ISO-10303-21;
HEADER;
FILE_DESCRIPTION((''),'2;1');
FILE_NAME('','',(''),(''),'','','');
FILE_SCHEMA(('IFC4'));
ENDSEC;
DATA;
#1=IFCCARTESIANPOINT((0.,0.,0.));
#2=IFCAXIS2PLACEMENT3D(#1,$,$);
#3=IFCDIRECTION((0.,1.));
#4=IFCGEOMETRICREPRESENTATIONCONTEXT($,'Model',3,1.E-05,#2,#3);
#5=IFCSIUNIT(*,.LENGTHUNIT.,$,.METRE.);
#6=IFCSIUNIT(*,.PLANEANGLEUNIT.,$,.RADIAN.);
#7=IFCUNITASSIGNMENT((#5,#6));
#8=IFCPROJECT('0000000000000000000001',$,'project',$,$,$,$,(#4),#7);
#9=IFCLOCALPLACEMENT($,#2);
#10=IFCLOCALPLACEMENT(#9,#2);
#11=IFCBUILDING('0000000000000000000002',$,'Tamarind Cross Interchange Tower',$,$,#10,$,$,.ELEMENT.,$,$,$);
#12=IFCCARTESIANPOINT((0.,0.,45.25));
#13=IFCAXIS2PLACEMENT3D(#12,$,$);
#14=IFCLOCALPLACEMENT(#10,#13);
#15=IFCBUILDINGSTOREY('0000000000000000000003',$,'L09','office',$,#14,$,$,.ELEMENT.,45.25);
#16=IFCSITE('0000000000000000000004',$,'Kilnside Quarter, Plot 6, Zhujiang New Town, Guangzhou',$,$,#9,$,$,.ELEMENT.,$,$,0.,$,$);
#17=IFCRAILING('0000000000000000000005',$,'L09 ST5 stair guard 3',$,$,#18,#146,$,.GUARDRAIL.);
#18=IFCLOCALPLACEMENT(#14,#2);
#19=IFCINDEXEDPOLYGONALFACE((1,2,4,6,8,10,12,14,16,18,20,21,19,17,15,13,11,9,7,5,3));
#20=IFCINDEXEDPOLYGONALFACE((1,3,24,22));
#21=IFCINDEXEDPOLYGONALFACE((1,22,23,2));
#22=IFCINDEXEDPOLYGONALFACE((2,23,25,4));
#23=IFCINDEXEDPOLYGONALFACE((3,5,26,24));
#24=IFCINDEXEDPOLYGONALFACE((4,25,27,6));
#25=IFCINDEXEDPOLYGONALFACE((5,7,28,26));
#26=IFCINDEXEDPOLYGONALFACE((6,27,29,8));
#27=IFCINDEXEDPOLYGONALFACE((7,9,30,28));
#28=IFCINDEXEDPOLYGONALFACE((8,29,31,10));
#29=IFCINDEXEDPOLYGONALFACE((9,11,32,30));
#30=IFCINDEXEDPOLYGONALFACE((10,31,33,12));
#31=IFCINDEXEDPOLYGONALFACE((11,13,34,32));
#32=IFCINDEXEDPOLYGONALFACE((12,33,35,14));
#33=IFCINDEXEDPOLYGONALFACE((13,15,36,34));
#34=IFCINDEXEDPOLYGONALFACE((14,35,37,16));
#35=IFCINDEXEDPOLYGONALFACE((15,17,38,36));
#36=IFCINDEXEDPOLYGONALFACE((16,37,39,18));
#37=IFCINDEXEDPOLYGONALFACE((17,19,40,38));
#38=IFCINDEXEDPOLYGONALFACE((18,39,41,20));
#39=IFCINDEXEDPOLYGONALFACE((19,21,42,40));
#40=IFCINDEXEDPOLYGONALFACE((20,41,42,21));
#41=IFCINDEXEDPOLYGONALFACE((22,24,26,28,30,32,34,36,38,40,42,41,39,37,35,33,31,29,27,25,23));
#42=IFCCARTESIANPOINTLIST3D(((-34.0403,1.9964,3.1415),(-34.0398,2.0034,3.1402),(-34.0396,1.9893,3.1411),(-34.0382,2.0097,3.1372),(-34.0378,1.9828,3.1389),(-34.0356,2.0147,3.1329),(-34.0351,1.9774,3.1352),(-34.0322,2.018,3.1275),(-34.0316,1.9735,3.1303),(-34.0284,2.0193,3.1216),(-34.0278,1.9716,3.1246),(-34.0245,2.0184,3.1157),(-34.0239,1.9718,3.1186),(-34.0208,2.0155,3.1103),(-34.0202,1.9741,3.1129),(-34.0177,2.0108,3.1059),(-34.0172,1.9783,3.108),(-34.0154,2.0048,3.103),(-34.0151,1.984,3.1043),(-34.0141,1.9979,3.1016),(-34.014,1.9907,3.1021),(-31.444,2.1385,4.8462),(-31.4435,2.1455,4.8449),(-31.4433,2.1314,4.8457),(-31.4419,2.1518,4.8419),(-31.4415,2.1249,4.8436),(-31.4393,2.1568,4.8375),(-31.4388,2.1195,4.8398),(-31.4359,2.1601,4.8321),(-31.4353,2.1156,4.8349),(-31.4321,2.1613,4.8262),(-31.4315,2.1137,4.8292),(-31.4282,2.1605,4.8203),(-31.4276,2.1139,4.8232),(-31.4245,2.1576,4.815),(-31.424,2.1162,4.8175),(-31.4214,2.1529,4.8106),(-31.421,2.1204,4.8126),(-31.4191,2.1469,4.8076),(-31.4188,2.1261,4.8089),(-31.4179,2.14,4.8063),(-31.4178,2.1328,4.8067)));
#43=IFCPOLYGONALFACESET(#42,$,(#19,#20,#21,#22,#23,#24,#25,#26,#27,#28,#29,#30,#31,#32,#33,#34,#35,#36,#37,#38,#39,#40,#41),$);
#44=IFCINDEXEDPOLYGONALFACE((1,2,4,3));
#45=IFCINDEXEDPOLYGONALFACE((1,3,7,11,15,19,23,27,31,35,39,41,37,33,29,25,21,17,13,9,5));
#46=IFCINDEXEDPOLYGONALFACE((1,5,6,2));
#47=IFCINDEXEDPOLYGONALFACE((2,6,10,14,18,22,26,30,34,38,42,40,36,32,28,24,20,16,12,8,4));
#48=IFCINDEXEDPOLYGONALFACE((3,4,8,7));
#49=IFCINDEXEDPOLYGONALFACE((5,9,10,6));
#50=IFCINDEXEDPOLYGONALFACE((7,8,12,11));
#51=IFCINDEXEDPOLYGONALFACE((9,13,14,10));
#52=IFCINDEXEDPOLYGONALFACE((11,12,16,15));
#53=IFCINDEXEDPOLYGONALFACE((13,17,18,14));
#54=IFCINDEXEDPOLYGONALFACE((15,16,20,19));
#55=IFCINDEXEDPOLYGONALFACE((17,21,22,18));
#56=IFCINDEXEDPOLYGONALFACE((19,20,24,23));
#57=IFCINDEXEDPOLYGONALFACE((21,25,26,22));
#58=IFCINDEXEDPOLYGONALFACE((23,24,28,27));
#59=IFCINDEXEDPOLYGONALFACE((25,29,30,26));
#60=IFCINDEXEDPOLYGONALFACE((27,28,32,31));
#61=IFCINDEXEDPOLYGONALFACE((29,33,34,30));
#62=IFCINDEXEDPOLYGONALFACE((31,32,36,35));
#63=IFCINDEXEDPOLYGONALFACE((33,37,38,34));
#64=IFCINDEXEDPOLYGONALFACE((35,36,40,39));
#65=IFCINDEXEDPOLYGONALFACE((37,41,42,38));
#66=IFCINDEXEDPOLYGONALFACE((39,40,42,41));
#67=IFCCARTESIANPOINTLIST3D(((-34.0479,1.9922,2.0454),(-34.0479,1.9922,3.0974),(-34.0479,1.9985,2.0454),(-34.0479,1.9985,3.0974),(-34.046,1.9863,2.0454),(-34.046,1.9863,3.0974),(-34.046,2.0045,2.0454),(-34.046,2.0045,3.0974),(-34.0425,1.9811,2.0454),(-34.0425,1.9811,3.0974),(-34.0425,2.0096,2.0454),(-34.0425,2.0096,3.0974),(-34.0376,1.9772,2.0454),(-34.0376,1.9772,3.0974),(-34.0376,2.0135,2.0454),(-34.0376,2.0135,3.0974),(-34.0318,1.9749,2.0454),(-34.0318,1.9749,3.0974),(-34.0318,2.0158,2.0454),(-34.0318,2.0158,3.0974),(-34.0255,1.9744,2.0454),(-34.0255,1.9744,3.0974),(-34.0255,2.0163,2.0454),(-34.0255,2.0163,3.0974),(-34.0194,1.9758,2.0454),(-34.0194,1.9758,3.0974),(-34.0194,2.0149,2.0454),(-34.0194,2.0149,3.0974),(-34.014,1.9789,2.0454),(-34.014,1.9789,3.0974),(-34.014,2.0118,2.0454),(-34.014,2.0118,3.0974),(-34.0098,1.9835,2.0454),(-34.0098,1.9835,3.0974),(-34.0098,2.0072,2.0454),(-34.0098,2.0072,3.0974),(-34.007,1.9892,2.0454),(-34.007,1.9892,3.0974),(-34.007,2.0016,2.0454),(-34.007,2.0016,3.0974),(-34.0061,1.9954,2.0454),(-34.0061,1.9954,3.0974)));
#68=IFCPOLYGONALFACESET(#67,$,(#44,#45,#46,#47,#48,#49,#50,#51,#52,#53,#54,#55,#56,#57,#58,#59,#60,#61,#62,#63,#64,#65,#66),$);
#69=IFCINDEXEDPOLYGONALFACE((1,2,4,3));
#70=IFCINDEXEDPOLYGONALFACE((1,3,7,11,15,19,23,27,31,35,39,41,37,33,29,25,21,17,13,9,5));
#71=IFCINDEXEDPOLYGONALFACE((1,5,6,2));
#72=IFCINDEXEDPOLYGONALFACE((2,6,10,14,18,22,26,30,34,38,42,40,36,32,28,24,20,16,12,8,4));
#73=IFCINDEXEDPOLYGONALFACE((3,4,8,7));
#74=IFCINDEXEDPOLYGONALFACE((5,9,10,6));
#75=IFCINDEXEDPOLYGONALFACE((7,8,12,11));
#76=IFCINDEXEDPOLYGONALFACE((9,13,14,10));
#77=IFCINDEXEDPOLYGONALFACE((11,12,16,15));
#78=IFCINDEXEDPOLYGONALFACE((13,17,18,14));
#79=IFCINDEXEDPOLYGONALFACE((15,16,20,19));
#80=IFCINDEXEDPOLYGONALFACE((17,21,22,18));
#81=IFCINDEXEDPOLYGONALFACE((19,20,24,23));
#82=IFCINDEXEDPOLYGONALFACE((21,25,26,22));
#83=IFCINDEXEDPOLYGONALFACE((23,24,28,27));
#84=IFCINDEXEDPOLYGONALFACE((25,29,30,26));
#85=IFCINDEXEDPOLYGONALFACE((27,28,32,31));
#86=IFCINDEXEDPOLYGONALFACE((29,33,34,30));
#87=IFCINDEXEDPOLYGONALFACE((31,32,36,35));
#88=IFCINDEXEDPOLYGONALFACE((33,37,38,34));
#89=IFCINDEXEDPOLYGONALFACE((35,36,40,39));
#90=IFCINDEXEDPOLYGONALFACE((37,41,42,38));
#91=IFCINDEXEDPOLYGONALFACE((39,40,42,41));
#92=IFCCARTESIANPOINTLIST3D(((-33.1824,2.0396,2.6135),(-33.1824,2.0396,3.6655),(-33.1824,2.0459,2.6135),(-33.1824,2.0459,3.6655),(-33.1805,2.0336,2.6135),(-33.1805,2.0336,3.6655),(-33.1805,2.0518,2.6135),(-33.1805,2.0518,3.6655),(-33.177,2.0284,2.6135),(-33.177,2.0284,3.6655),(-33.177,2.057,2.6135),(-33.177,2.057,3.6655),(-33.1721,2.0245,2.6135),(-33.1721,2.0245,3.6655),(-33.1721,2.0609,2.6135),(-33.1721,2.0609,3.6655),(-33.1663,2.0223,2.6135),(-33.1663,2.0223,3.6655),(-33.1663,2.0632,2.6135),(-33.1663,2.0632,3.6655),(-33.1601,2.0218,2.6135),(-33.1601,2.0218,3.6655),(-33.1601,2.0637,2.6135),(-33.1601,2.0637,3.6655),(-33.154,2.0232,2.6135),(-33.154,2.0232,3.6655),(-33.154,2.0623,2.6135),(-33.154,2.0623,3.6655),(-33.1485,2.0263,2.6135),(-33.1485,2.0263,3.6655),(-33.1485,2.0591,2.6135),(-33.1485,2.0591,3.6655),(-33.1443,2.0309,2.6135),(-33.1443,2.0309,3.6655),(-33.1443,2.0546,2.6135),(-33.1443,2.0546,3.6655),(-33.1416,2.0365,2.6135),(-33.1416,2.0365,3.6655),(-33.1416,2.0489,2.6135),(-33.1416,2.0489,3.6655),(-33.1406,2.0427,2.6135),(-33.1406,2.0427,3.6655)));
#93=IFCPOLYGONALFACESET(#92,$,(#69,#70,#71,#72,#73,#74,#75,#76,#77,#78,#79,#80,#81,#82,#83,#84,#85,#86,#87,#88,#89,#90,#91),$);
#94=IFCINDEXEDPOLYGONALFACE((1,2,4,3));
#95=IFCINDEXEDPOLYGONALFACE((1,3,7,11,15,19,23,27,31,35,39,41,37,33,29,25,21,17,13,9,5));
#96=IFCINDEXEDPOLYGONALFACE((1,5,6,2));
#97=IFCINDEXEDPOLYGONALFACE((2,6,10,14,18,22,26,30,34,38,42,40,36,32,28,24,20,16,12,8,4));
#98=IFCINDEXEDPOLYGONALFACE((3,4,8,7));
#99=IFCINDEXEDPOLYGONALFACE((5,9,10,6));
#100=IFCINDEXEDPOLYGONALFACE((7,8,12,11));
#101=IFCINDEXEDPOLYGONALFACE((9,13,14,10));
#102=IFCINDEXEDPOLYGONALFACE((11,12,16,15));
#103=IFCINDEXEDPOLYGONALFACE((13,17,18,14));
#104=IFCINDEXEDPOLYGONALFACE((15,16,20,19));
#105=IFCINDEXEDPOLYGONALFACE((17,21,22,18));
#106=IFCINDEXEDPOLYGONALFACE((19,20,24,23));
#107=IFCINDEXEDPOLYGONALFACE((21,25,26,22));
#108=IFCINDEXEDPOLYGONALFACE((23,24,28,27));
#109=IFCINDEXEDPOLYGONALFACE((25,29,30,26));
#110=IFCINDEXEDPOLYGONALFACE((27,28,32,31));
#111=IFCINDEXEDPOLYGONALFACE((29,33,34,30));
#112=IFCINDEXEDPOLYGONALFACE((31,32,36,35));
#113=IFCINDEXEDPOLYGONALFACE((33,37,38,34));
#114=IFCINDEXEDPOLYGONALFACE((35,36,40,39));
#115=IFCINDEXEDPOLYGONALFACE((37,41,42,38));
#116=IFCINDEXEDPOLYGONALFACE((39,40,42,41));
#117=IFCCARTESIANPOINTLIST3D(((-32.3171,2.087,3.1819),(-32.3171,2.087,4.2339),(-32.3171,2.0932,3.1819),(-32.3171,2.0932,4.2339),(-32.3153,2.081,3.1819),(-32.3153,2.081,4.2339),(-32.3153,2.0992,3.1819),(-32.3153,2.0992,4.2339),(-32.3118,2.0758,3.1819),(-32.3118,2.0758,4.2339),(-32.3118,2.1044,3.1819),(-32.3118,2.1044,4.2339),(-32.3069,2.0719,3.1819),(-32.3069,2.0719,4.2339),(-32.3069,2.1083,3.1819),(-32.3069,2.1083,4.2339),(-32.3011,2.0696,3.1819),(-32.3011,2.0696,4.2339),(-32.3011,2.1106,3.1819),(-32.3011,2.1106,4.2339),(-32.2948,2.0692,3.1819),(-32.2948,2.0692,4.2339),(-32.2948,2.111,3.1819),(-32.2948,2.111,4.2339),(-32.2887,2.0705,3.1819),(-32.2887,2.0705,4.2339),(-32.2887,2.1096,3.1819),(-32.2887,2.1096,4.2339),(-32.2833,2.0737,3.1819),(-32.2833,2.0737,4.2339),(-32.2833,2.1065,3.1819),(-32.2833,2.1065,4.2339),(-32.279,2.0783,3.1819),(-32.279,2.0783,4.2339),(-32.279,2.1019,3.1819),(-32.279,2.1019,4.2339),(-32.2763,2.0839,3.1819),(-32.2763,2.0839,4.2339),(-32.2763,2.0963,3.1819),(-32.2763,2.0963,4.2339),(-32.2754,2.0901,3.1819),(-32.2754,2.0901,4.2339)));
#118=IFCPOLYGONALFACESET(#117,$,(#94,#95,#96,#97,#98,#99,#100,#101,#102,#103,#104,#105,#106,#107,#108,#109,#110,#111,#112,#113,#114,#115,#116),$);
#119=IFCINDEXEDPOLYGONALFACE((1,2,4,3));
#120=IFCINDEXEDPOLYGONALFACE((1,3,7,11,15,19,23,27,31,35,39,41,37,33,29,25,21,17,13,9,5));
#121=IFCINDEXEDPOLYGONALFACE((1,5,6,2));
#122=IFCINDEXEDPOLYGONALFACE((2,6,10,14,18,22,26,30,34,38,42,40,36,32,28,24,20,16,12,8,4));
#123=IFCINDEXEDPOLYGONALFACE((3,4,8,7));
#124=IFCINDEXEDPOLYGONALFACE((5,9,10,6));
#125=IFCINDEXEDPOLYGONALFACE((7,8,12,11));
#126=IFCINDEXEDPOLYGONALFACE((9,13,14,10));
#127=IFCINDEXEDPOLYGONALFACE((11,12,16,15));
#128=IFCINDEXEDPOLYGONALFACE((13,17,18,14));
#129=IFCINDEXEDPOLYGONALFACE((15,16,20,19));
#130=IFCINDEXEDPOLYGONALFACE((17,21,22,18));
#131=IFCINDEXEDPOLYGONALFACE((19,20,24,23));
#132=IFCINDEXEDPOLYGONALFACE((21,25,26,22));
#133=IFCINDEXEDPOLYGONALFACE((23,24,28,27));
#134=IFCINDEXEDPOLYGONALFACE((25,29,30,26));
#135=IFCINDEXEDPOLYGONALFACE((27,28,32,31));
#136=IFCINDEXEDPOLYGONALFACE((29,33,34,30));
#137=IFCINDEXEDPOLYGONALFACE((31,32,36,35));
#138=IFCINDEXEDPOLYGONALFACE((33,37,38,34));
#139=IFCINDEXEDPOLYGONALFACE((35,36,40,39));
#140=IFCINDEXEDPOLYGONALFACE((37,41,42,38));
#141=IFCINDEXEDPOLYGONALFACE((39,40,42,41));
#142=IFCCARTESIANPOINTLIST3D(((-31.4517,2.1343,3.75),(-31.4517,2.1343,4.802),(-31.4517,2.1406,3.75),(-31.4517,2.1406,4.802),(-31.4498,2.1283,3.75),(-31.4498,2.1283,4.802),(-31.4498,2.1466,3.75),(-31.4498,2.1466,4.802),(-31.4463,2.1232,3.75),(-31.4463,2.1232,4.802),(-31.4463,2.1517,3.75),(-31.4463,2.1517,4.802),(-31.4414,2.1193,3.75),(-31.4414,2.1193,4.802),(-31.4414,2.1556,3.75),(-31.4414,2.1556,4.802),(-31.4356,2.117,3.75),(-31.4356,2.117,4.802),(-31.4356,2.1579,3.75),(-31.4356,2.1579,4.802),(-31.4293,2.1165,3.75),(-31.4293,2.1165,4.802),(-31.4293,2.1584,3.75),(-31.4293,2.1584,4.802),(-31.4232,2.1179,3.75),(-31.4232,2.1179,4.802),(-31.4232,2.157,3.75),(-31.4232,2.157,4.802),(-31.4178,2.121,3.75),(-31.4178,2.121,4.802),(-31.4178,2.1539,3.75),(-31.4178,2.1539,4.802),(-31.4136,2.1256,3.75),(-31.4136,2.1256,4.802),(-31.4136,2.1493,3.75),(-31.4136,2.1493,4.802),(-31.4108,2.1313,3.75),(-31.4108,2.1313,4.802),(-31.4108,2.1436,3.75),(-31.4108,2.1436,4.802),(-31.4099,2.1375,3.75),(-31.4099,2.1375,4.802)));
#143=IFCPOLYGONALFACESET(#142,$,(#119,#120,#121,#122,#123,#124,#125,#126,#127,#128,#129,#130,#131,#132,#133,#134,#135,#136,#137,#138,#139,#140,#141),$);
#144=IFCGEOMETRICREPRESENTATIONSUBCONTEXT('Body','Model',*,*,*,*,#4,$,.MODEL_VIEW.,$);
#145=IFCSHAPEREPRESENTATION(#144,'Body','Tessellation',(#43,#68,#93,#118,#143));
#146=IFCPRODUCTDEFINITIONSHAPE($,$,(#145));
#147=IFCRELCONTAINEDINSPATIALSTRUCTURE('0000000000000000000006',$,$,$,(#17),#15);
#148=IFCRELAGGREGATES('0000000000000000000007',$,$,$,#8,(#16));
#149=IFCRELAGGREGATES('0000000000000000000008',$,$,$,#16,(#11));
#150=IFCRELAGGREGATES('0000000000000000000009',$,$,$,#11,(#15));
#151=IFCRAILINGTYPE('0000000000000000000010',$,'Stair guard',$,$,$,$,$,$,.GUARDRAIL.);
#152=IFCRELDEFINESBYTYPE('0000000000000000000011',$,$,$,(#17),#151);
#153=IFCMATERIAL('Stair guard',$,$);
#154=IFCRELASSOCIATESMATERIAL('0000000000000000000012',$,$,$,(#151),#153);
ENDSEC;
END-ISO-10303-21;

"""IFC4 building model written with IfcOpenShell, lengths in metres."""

from ifc_helpers import new_model, si_unit, direction, frame, origin, origin_2d, place, context, subcontext, project, spatial, circle, extrude, material, type_object, element, save


model = new_model("IFC4")

# Units and contexts
model_context = context("Model", 3, precision=1e-05, world=origin(), true_north=direction((0.0, 1.0)))
body_context = subcontext(model_context, "Body", "Model", "MODEL_VIEW")
ifc_project = project(units=[si_unit("LENGTHUNIT", "METRE"), si_unit("PLANEANGLEUNIT", "RADIAN")], contexts=[model_context])

# Site, building, storey
site_placement = place(None, origin())
site = spatial("IfcSite", under=ifc_project, at=site_placement, Name="Kilnside Quarter, Plot 6, Zhujiang New Town, Guangzhou", CompositionType="ELEMENT", RefElevation=0.0)
building_placement = place(site_placement, origin())
building = spatial("IfcBuilding", under=site, at=building_placement, Name="Tamarind Cross Interchange Tower", CompositionType="ELEMENT")
storey_placement = place(building_placement, frame((0.0, 0.0, 45.25)))
storey = spatial("IfcBuildingStorey", under=building, at=storey_placement, Name="L09", Description="office", CompositionType="ELEMENT", Elevation=45.25)

# Railing
ifc_material_1 = material(Name="Stair guard")
railing_type_1 = type_object("IfcRailingType", Name="Stair guard", PredefinedType="GUARDRAIL", material=ifc_material_1)
railing_1_placement = place(storey_placement, frame((-34.0271, 1.9954, 2.0454)))
element("IfcRailing", 1, at=railing_1_placement, inside=storey, type_object=railing_type_1, Name="L09 ST5 stair guard 3", PredefinedType="GUARDRAIL", context=body_context, shape_type="SweptSolid", body=[
    extrude(circle(Radius=0.0239, at=origin_2d()), frame((0.0, 0.0, 1.0762), z_axis=(0.83505, 0.045702, 0.548272), x_axis=(-0.054648, 0.998506, 0.0)), (0.0, 0.0, 1.0), 3.1091),
    extrude(circle(Radius=0.021, at=origin_2d()), origin(), (0.0, 0.0, 1.0), 1.052),
    extrude(circle(Radius=0.021, at=origin_2d()), frame((0.8655, 0.0474, 0.5681)), (0.0, 0.0, 1.0), 1.052),
    extrude(circle(Radius=0.021, at=origin_2d()), frame((1.7307, 0.0947, 1.1365)), (0.0, 0.0, 1.0), 1.052),
    extrude(circle(Radius=0.021, at=origin_2d()), frame((2.5962, 0.1421, 1.7046)), (0.0, 0.0, 1.0), 1.052),
])

save(model, "model.ifc")
